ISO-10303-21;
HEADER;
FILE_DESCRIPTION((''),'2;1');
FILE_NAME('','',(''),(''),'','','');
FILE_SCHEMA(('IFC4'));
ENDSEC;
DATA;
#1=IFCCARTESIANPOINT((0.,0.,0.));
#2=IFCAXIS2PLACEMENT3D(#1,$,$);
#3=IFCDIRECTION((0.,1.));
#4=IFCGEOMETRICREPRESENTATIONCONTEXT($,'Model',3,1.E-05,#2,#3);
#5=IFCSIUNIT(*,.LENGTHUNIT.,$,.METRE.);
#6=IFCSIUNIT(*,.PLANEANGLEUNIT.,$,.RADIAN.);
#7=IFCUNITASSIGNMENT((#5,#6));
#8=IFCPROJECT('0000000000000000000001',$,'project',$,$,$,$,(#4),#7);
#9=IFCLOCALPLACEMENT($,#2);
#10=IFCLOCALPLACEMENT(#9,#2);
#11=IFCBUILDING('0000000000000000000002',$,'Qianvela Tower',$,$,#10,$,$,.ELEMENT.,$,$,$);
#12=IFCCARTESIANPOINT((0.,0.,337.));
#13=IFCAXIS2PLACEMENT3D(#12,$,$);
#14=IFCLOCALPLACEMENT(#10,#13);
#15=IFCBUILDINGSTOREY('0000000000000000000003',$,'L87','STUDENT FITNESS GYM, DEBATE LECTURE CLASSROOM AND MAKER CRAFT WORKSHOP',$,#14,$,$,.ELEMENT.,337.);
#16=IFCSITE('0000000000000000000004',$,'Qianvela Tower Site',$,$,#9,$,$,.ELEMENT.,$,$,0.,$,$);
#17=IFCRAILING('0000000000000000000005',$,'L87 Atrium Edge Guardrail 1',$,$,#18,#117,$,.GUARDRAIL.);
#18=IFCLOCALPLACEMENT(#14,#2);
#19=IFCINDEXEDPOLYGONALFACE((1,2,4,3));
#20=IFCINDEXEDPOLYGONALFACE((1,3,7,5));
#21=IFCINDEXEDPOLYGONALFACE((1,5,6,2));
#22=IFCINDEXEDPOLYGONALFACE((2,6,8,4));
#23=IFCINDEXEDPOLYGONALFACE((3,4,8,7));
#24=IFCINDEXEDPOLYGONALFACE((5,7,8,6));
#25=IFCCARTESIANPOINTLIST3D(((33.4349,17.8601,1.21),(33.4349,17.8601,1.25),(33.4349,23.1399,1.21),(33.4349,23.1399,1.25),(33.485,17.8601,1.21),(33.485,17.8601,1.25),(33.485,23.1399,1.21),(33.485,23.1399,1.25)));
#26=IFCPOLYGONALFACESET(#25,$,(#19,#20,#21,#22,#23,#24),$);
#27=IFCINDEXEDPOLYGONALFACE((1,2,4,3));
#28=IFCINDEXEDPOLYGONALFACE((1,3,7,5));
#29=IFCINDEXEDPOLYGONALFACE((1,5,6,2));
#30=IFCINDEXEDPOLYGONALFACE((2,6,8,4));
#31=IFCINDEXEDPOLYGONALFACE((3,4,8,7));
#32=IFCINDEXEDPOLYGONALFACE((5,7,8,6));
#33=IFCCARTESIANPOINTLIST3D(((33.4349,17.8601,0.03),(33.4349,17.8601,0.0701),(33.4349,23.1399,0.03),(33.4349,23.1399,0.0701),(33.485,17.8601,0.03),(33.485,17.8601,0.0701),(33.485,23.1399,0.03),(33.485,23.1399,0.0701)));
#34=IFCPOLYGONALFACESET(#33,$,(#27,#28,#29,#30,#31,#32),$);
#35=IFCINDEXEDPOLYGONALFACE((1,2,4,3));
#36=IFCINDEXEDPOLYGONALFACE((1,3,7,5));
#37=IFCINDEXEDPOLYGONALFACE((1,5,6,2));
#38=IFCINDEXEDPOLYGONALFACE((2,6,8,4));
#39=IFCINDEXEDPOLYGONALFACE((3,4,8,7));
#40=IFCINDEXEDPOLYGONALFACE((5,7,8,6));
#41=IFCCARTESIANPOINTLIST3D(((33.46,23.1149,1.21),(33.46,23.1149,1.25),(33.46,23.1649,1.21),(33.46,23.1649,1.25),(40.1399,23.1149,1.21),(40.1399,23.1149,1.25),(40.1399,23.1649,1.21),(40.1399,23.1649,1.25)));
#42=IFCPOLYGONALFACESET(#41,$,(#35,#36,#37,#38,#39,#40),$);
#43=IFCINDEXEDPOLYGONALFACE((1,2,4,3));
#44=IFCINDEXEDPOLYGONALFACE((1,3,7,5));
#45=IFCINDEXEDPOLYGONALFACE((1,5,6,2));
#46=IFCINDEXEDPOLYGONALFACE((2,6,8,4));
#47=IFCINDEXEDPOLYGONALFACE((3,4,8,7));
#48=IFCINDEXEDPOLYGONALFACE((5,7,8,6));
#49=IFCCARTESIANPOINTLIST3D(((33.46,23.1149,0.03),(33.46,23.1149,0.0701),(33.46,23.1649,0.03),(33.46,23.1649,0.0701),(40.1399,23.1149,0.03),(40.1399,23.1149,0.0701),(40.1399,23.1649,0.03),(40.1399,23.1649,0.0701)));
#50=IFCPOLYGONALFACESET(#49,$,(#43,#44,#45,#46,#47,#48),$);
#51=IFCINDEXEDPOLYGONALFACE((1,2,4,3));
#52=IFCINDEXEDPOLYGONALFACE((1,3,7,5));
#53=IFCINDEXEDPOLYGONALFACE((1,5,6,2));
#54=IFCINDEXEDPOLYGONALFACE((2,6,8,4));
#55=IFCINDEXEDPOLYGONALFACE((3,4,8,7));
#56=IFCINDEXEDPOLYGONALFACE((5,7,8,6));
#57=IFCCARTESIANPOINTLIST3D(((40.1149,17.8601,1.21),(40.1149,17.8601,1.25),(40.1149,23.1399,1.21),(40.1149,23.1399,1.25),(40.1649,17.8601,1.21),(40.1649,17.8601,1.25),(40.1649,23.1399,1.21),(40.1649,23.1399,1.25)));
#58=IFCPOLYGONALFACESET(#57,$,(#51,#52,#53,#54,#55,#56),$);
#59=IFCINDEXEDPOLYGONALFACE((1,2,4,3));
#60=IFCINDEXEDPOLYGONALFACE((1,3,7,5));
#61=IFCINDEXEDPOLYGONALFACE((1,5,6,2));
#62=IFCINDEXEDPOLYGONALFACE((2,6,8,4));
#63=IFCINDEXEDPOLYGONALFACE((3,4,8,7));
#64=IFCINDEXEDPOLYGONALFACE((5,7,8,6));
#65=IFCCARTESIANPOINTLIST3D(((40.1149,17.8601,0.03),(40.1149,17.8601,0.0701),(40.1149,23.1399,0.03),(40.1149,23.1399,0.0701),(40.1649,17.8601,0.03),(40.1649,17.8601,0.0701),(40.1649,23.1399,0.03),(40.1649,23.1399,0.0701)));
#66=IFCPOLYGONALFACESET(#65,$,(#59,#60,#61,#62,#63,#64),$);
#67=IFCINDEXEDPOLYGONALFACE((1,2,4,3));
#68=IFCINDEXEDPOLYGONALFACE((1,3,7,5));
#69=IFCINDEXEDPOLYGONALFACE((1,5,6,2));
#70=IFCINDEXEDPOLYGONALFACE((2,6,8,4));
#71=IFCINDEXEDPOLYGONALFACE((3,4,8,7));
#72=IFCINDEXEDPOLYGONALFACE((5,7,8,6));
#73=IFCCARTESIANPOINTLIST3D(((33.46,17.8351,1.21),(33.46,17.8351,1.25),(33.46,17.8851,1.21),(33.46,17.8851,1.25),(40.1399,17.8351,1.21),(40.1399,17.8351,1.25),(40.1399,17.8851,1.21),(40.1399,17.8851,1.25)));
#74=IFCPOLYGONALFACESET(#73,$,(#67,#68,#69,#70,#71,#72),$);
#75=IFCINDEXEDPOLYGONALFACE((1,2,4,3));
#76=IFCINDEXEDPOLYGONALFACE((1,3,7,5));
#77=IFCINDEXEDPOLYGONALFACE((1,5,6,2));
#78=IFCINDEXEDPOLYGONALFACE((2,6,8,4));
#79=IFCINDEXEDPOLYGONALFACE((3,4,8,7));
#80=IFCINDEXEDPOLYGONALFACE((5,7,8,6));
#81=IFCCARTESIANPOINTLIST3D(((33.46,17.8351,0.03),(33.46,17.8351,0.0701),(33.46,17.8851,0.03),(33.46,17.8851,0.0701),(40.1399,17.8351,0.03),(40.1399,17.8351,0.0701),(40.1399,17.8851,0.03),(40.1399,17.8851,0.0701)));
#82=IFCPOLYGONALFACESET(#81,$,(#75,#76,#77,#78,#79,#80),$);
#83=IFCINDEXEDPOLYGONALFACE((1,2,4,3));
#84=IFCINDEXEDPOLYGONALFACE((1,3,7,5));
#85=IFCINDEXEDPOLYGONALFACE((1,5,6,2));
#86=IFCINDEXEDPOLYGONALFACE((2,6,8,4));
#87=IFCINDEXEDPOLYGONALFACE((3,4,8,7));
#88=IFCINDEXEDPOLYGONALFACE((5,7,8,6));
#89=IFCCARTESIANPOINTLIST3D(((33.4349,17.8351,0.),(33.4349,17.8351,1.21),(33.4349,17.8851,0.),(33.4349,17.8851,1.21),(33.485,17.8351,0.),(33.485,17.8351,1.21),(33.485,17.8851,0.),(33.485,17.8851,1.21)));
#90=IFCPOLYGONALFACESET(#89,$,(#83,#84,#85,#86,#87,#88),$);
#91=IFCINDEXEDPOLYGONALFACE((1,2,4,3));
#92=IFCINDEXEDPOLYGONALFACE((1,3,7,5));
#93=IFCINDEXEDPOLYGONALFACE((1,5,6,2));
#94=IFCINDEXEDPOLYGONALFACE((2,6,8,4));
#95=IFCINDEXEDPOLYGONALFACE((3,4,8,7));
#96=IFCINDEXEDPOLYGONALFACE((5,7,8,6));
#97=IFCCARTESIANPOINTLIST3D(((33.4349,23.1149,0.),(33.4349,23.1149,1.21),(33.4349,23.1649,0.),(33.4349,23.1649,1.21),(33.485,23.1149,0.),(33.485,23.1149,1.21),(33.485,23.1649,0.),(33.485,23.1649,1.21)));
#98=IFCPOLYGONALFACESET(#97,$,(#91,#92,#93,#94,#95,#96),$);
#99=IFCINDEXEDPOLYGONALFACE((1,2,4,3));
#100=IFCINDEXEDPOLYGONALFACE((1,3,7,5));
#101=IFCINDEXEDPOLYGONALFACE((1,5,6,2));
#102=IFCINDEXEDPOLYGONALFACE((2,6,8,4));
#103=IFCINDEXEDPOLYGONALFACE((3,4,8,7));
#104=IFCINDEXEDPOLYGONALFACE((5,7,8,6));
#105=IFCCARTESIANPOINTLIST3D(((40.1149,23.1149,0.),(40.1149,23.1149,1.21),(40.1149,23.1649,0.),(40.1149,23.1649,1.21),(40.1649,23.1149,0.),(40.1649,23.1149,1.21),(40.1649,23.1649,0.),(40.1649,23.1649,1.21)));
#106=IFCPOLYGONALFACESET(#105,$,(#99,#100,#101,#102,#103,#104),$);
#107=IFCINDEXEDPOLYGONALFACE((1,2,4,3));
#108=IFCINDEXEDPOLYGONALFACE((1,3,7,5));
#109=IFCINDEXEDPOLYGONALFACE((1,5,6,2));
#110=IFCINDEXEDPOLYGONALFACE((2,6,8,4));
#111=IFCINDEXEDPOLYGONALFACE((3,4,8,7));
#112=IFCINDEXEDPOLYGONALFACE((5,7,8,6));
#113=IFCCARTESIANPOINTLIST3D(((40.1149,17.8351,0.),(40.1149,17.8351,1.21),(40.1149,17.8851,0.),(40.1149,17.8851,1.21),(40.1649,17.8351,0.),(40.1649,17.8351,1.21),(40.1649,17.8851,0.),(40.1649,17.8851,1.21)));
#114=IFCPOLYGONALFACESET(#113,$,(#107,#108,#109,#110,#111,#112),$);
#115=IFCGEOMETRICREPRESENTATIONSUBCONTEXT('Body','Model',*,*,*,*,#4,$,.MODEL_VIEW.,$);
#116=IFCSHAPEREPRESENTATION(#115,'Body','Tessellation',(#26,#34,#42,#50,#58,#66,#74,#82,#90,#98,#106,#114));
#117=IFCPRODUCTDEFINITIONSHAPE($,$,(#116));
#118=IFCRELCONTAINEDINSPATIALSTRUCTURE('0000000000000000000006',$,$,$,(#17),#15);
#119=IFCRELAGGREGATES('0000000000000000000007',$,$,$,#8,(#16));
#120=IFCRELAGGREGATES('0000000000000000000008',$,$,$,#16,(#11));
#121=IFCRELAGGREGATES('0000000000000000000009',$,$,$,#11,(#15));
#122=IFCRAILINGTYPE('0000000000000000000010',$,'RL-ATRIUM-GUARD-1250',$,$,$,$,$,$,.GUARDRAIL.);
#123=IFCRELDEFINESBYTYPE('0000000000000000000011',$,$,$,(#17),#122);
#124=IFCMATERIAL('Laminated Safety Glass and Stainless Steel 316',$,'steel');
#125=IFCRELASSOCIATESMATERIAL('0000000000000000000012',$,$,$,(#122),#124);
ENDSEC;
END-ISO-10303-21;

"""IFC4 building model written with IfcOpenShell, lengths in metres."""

from ifc_helpers import new_model, si_unit, direction, frame, origin, origin_2d, place, context, subcontext, project, spatial, rectangle, extrude, material, type_object, element, save


model = new_model("IFC4")

# Units and contexts
model_context = context("Model", 3, precision=1e-05, world=origin(), true_north=direction((0.0, 1.0)))
body_context = subcontext(model_context, "Body", "Model", "MODEL_VIEW")
ifc_project = project(units=[si_unit("LENGTHUNIT", "METRE"), si_unit("PLANEANGLEUNIT", "RADIAN")], contexts=[model_context])

# Site, building, storey
site_placement = place(None, origin())
site = spatial("IfcSite", under=ifc_project, at=site_placement, Name="Qianvela Tower Site", CompositionType="ELEMENT", RefElevation=0.0)
building_placement = place(site_placement, origin())
building = spatial("IfcBuilding", under=site, at=building_placement, Name="Qianvela Tower", CompositionType="ELEMENT")
storey_placement = place(building_placement, frame((0.0, 0.0, 337.0)))
storey = spatial("IfcBuildingStorey", under=building, at=storey_placement, Name="L87", Description="STUDENT FITNESS GYM, DEBATE LECTURE CLASSROOM AND MAKER CRAFT WORKSHOP", CompositionType="ELEMENT", Elevation=337.0)

# Railing
ifc_material_1 = material(Name="Laminated Safety Glass and Stainless Steel 316", Category="steel")
railing_type = type_object("IfcRailingType", Name="RL-ATRIUM-GUARD-1250", PredefinedType="GUARDRAIL", material=ifc_material_1)
railing_placement = place(storey_placement, frame((33.46, 17.8601, 0.0)))
element("IfcRailing", 1, at=railing_placement, inside=storey, type_object=railing_type, Name="L87 Atrium Edge Guardrail 1", PredefinedType="GUARDRAIL", context=body_context, shape_type="SweptSolid", body=[
    extrude(rectangle(XDim=0.05, YDim=0.04, at=origin_2d()), frame((0.0, 0.0, 1.23), z_axis=(0.0, 1.0, 0.0), x_axis=(-1.0, 0.0, 0.0)), (0.0, 0.0, 1.0), 5.2798),
    extrude(rectangle(XDim=0.05, YDim=0.04, at=origin_2d()), frame((0.0, 0.0, 0.05), z_axis=(0.0, 1.0, 0.0), x_axis=(-1.0, 0.0, 0.0)), (0.0, 0.0, 1.0), 5.2798),
    extrude(rectangle(XDim=0.05, YDim=0.04, at=origin_2d()), frame((0.0, 5.2798, 1.23), z_axis=(1.0, 0.0, 0.0), x_axis=(0.0, 1.0, 0.0)), (0.0, 0.0, 1.0), 6.6799),
    extrude(rectangle(XDim=0.05, YDim=0.04, at=origin_2d()), frame((0.0, 5.2798, 0.05), z_axis=(1.0, 0.0, 0.0), x_axis=(0.0, 1.0, 0.0)), (0.0, 0.0, 1.0), 6.6799),
    extrude(rectangle(XDim=0.05, YDim=0.04, at=origin_2d()), frame((6.6799, 5.2798, 1.23), z_axis=(0.0, -1.0, 0.0), x_axis=(1.0, 0.0, 0.0)), (0.0, 0.0, 1.0), 5.2798),
    extrude(rectangle(XDim=0.05, YDim=0.04, at=origin_2d()), frame((6.6799, 5.2798, 0.05), z_axis=(0.0, -1.0, 0.0), x_axis=(1.0, 0.0, 0.0)), (0.0, 0.0, 1.0), 5.2798),
    extrude(rectangle(XDim=0.05, YDim=0.04, at=origin_2d()), frame((6.6799, 0.0, 1.23), z_axis=(-1.0, 0.0, 0.0), x_axis=(0.0, -1.0, 0.0)), (0.0, 0.0, 1.0), 6.6799),
    extrude(rectangle(XDim=0.05, YDim=0.04, at=origin_2d()), frame((6.6799, 0.0, 0.05), z_axis=(-1.0, 0.0, 0.0), x_axis=(0.0, -1.0, 0.0)), (0.0, 0.0, 1.0), 6.6799),
    extrude(rectangle(XDim=0.05, YDim=0.05, at=origin_2d()), origin(), (0.0, 0.0, 1.0), 1.21),
    extrude(rectangle(XDim=0.05, YDim=0.05, at=origin_2d()), frame((0.0, 5.2798, 0.0)), (0.0, 0.0, 1.0), 1.21),
    extrude(rectangle(XDim=0.05, YDim=0.05, at=origin_2d()), frame((6.6799, 5.2798, 0.0)), (0.0, 0.0, 1.0), 1.21),
    extrude(rectangle(XDim=0.05, YDim=0.05, at=origin_2d()), frame((6.6799, 0.0, 0.0)), (0.0, 0.0, 1.0), 1.21),
])

save(model, "model.ifc")
